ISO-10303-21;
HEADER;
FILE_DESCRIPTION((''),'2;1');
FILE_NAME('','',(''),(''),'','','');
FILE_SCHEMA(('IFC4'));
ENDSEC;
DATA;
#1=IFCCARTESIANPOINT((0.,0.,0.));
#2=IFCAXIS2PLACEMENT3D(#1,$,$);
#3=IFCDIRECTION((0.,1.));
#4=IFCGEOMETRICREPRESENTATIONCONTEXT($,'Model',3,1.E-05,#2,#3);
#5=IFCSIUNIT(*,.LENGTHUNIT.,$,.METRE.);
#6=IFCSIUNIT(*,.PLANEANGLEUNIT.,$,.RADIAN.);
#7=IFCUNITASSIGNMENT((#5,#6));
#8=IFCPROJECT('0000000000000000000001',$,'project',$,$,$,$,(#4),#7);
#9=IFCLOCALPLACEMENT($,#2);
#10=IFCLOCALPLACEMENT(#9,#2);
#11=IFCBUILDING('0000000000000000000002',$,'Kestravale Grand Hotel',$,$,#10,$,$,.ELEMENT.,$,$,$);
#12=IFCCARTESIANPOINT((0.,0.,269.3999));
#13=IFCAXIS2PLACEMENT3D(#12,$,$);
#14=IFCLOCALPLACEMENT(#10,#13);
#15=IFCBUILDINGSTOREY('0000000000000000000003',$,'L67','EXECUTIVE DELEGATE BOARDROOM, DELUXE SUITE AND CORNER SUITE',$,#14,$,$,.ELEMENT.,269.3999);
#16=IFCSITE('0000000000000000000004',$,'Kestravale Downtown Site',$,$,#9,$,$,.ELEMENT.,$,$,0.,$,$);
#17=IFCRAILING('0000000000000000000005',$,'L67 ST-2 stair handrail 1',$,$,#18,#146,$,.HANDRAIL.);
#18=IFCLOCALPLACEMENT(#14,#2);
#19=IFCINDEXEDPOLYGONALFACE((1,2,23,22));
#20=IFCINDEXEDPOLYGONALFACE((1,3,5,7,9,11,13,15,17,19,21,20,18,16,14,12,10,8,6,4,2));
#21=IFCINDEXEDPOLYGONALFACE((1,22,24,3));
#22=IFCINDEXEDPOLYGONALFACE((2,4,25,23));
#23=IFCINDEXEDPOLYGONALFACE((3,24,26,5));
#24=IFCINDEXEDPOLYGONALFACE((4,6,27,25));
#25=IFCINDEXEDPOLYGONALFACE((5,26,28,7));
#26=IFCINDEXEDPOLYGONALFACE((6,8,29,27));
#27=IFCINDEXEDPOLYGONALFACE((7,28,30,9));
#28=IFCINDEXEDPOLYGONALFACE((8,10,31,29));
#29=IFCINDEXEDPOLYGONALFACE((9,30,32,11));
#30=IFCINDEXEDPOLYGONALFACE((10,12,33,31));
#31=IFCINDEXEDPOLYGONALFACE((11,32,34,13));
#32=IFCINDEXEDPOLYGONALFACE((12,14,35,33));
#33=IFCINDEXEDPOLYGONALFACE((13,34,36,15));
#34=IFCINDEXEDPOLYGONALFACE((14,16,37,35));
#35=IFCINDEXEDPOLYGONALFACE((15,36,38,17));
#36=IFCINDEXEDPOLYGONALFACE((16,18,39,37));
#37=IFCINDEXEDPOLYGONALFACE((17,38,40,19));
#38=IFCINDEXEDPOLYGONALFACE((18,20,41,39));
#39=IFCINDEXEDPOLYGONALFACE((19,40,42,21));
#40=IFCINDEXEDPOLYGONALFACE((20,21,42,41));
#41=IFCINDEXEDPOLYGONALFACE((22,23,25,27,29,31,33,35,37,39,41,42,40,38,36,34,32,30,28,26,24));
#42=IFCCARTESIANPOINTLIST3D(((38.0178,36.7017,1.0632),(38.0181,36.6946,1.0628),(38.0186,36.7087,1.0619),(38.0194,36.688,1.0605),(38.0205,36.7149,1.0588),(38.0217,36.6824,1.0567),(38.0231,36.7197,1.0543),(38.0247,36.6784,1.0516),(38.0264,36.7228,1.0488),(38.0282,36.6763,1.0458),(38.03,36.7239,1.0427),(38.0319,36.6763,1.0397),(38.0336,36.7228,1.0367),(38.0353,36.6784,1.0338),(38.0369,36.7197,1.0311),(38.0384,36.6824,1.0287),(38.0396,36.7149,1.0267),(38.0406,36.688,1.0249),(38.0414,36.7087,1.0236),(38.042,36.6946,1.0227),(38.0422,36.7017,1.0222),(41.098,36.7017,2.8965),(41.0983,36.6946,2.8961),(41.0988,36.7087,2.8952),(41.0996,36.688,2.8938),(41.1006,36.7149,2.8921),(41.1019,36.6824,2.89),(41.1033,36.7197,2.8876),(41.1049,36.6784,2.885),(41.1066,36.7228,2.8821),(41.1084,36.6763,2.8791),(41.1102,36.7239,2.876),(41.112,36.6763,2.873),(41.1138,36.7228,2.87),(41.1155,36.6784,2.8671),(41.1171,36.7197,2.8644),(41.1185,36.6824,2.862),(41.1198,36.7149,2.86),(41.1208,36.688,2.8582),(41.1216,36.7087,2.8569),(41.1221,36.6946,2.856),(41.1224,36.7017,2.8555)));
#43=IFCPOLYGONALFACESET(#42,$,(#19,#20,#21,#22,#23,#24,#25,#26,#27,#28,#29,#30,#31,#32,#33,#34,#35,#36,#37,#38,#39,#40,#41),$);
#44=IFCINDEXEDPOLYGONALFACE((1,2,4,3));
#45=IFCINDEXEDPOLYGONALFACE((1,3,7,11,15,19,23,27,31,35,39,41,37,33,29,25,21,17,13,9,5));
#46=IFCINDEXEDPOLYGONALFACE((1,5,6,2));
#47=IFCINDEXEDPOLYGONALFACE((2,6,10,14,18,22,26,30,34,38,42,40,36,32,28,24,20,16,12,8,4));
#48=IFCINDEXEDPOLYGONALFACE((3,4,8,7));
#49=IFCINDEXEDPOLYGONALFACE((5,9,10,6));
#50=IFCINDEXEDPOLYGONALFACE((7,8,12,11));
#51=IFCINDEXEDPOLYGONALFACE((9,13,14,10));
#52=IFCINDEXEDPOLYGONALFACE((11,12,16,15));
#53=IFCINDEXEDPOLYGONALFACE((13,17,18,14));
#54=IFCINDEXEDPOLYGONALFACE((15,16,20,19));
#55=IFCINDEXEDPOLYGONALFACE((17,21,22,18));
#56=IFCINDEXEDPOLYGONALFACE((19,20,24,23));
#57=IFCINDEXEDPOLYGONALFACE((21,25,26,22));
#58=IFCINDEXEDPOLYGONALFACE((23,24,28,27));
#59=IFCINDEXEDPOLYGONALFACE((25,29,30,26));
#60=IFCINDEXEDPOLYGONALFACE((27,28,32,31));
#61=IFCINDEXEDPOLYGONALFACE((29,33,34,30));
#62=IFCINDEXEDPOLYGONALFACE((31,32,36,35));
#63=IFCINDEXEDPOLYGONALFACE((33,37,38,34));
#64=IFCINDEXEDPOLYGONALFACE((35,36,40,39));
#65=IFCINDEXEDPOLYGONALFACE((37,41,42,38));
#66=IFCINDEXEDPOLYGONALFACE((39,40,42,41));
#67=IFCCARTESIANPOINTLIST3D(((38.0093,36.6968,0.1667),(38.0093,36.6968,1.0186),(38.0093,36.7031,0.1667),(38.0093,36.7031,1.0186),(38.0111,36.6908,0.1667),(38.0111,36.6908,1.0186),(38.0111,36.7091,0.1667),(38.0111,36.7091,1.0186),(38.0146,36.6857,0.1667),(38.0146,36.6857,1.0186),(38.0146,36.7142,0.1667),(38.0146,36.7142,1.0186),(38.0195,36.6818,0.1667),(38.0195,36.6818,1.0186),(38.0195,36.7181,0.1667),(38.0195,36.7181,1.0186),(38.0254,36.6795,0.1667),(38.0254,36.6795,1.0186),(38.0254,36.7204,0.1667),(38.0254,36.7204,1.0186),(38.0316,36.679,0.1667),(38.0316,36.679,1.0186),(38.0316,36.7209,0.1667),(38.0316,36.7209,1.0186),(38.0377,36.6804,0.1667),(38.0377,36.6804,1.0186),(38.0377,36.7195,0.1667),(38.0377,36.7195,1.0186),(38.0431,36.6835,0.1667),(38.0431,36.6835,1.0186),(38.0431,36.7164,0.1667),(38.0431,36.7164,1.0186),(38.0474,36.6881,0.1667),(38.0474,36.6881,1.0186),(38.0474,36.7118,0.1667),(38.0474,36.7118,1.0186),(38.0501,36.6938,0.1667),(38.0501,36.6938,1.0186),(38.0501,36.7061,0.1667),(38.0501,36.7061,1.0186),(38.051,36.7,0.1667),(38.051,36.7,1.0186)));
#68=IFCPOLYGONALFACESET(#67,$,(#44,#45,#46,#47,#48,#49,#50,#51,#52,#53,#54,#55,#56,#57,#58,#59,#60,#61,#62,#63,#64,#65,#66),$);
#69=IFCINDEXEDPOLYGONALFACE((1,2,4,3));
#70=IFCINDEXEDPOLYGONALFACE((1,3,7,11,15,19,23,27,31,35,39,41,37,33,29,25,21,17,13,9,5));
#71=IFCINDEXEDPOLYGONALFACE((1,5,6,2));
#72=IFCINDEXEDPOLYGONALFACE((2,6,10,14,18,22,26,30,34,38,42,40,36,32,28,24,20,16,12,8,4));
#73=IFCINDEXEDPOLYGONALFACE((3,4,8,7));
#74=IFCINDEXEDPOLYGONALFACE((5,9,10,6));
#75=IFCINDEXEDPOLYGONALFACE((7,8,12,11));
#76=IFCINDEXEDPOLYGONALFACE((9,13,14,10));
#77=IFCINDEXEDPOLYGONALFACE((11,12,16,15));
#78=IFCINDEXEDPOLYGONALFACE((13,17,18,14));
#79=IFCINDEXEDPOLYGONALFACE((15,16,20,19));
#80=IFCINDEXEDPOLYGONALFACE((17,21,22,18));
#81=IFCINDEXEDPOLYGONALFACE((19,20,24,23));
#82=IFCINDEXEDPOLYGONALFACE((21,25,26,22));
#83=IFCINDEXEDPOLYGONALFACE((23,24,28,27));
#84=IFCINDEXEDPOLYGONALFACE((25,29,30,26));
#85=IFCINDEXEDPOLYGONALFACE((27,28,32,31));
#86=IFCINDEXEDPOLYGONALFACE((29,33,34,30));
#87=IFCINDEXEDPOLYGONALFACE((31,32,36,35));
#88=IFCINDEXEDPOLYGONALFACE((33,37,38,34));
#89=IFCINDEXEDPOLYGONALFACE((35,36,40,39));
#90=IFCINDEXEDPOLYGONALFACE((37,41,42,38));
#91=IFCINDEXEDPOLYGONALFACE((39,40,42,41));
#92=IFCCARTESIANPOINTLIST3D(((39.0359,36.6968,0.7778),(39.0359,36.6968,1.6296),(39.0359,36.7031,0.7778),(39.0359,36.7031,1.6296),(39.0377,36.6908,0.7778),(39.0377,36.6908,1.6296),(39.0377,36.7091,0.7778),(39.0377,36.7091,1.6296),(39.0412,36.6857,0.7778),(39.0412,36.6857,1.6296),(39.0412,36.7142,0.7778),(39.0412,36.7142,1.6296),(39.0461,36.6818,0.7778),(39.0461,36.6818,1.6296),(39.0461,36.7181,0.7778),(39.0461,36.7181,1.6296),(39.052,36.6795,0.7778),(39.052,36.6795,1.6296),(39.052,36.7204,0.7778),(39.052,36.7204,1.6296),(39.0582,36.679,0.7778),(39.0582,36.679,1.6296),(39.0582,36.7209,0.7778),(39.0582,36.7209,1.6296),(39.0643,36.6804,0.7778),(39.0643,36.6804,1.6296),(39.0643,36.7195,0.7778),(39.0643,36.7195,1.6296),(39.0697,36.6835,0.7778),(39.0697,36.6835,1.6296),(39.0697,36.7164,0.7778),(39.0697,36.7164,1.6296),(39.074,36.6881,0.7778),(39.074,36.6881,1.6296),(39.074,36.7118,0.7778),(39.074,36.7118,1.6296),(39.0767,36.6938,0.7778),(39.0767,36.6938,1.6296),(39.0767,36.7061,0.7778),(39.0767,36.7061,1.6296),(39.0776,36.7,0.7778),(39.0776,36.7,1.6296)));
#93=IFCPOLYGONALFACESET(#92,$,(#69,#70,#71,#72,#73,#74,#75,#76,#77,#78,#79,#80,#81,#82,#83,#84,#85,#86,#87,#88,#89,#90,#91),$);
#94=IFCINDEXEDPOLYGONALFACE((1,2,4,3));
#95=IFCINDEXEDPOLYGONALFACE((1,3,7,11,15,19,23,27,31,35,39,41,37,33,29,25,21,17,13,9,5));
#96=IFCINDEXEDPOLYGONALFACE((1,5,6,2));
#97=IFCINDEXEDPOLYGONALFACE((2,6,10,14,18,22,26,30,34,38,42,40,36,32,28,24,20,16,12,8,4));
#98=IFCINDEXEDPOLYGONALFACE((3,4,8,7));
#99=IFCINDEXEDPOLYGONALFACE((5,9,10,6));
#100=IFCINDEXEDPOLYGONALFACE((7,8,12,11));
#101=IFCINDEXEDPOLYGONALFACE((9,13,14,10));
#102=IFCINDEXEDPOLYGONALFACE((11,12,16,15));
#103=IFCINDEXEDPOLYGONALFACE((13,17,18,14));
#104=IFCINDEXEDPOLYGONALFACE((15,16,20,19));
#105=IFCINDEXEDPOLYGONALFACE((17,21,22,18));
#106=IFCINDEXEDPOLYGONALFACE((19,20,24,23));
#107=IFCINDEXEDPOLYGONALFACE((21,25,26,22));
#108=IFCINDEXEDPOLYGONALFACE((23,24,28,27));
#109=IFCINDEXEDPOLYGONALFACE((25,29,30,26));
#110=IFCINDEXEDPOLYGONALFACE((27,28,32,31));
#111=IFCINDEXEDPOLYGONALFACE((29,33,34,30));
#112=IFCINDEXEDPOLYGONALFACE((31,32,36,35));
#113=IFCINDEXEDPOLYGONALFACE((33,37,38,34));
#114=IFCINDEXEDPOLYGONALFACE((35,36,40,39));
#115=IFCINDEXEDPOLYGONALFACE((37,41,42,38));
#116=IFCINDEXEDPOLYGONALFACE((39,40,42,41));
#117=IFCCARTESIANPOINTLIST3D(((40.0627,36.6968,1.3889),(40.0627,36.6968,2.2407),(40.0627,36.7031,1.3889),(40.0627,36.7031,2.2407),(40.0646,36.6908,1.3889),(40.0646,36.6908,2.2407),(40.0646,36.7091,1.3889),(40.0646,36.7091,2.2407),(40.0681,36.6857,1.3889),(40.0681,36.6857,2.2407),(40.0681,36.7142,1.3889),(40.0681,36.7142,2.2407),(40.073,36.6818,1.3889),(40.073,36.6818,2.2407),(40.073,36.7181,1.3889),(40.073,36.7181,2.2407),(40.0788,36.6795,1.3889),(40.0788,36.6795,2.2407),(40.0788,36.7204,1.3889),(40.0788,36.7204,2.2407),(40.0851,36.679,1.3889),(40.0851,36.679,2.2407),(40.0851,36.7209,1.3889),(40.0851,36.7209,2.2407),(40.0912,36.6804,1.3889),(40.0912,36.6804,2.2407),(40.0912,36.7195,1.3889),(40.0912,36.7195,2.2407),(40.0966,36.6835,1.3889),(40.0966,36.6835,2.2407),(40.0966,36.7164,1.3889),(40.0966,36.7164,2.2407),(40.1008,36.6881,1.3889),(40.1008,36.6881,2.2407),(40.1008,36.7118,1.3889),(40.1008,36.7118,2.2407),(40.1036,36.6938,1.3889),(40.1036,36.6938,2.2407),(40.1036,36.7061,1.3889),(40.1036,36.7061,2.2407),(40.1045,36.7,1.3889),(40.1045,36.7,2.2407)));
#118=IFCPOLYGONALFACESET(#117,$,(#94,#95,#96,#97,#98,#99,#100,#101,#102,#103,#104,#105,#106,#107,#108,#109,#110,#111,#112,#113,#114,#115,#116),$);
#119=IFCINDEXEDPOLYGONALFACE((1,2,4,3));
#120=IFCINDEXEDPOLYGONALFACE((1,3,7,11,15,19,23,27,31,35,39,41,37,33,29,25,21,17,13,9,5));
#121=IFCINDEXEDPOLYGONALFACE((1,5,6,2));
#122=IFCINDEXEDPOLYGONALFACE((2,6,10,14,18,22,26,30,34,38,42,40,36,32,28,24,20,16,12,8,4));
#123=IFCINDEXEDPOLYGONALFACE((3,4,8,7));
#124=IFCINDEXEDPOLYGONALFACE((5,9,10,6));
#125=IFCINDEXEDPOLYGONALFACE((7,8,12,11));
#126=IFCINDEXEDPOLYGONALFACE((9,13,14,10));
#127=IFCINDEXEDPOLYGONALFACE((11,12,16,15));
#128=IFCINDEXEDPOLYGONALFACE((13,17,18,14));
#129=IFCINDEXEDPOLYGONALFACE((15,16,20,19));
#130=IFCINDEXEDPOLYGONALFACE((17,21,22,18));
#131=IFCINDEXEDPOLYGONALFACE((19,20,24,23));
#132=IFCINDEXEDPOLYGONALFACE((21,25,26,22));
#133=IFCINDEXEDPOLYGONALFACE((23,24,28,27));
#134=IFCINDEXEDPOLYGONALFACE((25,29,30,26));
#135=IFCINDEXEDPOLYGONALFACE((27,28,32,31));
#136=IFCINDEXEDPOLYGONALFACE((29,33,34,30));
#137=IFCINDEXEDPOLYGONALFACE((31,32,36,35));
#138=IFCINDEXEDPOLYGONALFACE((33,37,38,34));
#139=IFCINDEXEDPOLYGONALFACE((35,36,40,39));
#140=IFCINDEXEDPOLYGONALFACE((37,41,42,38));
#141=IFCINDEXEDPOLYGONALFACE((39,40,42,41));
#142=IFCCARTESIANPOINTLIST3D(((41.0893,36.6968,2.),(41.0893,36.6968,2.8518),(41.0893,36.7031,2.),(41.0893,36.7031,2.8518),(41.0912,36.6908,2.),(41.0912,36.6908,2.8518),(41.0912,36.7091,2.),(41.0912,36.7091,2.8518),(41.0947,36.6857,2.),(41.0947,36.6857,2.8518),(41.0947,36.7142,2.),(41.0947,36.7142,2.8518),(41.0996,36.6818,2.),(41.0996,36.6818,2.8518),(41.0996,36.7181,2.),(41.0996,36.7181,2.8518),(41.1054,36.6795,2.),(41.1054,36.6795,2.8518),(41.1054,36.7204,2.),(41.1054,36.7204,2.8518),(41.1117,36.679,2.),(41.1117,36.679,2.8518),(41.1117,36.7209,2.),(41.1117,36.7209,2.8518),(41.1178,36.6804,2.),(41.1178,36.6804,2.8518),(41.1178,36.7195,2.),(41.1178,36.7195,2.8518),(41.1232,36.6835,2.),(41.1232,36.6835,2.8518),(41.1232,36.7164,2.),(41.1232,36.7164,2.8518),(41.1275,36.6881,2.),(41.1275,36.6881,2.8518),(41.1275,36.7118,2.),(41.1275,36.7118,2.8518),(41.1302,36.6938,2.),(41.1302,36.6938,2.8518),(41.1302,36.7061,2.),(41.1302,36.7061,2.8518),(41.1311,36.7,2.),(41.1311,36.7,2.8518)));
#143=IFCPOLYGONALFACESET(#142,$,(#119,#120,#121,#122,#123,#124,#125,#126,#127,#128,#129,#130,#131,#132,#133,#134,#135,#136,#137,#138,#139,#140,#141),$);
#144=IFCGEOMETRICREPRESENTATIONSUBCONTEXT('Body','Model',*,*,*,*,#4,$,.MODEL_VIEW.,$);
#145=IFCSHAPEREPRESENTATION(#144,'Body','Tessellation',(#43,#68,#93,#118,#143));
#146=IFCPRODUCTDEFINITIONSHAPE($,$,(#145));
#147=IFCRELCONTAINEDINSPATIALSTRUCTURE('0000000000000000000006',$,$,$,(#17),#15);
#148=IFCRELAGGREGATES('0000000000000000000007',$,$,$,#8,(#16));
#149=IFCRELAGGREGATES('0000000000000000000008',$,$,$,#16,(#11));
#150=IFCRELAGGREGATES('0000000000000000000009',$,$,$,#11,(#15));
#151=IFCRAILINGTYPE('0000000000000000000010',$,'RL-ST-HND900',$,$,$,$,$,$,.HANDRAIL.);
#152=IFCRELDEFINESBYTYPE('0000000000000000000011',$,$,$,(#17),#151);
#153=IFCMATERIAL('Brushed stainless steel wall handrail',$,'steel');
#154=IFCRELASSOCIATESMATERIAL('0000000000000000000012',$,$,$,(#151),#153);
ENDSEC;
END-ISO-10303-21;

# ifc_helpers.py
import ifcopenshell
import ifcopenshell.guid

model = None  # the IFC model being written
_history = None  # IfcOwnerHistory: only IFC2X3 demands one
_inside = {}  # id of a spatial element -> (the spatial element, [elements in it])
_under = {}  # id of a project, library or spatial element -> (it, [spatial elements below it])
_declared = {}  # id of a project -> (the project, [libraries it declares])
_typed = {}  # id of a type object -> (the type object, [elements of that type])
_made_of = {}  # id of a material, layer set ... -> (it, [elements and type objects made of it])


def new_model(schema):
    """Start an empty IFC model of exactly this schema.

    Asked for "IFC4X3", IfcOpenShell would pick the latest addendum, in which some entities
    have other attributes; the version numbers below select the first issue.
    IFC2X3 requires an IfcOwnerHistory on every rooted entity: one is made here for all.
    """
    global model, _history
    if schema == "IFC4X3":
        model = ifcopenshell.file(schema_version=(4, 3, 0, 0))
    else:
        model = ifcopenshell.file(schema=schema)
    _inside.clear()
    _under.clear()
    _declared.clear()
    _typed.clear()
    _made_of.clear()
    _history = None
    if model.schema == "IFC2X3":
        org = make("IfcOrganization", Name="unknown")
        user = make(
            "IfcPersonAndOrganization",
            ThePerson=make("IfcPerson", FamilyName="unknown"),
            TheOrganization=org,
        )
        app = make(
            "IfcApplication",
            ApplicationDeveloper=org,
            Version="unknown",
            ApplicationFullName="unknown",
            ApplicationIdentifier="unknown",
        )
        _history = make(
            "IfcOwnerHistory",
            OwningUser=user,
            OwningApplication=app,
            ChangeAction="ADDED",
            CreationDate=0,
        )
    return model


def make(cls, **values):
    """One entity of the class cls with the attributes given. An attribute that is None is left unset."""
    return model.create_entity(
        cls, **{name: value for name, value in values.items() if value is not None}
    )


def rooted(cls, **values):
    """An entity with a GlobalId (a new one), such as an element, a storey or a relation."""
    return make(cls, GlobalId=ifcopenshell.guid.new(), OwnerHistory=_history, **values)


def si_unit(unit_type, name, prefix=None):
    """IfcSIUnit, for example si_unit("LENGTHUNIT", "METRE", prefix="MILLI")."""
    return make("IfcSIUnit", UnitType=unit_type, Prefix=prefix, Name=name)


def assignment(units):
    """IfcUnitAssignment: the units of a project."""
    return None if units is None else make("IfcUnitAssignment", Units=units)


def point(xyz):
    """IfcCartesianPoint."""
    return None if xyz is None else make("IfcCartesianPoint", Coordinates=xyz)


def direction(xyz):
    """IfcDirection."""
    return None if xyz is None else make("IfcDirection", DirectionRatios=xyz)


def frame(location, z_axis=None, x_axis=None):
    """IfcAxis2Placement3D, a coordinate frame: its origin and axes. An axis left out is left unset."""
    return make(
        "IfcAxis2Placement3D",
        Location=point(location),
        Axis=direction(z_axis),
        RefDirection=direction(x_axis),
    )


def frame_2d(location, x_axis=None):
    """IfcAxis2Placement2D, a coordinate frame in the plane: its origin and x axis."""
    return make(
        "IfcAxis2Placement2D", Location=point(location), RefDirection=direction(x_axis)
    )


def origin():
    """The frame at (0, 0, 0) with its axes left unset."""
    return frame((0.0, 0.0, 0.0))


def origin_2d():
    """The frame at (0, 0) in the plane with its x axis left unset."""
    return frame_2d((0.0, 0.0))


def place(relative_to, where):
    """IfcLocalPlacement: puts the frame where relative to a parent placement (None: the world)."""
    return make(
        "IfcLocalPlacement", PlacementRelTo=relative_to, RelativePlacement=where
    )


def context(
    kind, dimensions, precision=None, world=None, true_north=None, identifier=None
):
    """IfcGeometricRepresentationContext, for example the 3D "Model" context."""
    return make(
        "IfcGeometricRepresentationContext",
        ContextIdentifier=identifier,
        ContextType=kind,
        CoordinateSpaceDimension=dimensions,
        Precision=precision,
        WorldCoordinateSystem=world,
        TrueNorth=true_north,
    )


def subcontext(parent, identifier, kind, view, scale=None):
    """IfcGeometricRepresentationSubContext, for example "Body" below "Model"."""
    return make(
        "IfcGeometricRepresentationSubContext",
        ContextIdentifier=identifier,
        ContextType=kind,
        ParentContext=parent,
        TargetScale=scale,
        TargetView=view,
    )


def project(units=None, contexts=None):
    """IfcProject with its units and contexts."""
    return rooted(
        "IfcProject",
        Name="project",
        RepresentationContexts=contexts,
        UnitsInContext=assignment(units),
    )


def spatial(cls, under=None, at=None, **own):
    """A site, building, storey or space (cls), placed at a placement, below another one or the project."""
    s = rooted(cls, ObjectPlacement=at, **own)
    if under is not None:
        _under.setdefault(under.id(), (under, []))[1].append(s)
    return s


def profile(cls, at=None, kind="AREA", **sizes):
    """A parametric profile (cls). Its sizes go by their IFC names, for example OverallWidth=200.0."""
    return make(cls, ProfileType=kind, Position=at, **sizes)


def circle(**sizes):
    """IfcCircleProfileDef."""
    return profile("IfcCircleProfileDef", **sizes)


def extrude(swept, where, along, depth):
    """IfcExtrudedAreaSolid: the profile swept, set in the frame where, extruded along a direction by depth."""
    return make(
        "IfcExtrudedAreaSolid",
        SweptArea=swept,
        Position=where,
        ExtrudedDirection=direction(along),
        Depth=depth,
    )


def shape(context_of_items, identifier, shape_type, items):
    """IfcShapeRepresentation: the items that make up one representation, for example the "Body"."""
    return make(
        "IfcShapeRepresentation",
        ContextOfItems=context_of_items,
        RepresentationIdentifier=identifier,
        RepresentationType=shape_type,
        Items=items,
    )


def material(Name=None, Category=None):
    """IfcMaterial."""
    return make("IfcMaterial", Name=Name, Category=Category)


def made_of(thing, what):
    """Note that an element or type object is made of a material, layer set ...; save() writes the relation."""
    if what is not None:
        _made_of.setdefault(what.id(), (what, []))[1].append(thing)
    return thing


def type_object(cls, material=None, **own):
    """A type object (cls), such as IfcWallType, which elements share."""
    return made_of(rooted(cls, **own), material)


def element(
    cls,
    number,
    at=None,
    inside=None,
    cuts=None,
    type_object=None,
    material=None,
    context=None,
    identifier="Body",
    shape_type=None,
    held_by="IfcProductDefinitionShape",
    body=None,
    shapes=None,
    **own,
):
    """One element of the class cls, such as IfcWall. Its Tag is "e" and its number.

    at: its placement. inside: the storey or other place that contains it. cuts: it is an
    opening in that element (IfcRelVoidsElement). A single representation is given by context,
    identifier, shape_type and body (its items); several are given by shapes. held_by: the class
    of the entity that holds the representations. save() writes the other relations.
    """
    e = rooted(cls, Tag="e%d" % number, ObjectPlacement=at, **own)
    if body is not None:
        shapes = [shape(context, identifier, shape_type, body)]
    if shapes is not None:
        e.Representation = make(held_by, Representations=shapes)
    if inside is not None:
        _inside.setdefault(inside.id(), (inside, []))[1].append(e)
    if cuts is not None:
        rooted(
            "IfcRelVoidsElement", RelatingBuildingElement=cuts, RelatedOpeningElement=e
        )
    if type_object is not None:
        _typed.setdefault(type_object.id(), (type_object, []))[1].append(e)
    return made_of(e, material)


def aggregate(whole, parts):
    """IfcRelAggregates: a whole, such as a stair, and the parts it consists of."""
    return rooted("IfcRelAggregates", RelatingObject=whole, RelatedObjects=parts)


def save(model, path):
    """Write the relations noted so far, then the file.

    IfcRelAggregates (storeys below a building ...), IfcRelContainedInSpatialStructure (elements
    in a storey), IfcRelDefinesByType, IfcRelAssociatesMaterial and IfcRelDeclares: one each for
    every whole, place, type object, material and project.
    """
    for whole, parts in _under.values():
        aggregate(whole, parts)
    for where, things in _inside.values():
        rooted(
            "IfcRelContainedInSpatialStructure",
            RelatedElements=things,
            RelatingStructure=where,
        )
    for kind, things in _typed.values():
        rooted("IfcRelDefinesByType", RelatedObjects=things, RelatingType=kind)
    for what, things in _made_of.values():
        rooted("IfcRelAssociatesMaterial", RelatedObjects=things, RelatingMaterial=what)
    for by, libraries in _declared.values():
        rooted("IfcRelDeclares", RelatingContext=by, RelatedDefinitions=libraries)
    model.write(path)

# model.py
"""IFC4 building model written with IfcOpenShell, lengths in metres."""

from ifc_helpers import new_model, si_unit, direction, frame, origin, origin_2d, place, context, subcontext, project, spatial, circle, extrude, material, type_object, element, save


model = new_model("IFC4")

# Units and contexts
model_context = context("Model", 3, precision=1e-05, world=origin(), true_north=direction((0.0, 1.0)))
body_context = subcontext(model_context, "Body", "Model", "MODEL_VIEW")
ifc_project = project(units=[si_unit("LENGTHUNIT", "METRE"), si_unit("PLANEANGLEUNIT", "RADIAN")], contexts=[model_context])

# Site, building, storey
site_placement = place(None, origin())
site = spatial("IfcSite", under=ifc_project, at=site_placement, Name="Kestravale Downtown Site", CompositionType="ELEMENT", RefElevation=0.0)
building_placement = place(site_placement, origin())
building = spatial("IfcBuilding", under=site, at=building_placement, Name="Kestravale Grand Hotel", CompositionType="ELEMENT")
storey_placement = place(building_placement, frame((0.0, 0.0, 269.3999)))
storey = spatial("IfcBuildingStorey", under=building, at=storey_placement, Name="L67", Description="EXECUTIVE DELEGATE BOARDROOM, DELUXE SUITE AND CORNER SUITE", CompositionType="ELEMENT", Elevation=269.3999)

# Railing
ifc_material_1 = material(Name="Brushed stainless steel wall handrail", Category="steel")
railing_type_1 = type_object("IfcRailingType", Name="RL-ST-HND900", PredefinedType="HANDRAIL", material=ifc_material_1)
railing_1_placement = place(storey_placement, frame((38.03, 36.7, 0.1667)))
element("IfcRailing", 1, at=railing_1_placement, inside=storey, type_object=railing_type_1, Name="L67 ST-2 stair handrail 1", PredefinedType="HANDRAIL", context=body_context, shape_type="SweptSolid", body=[
    extrude(circle(Radius=0.0239, at=origin_2d()), frame((0.0, 0.0, 0.876), z_axis=(0.859309, 0.0, 0.511458), x_axis=(0.0, 1.0, 0.0)), (0.0, 0.0, 1.0), 3.5845),
    extrude(circle(Radius=0.021, at=origin_2d()), origin(), (0.0, 0.0, 1.0), 0.8518),
    extrude(circle(Radius=0.021, at=origin_2d()), frame((1.0266, 0.0, 0.6111)), (0.0, 0.0, 1.0), 0.8518),
    extrude(circle(Radius=0.021, at=origin_2d()), frame((2.0535, 0.0, 1.2222)), (0.0, 0.0, 1.0), 0.8518),
    extrude(circle(Radius=0.021, at=origin_2d()), frame((3.0801, 0.0, 1.8333)), (0.0, 0.0, 1.0), 0.8518),
])

save(model, "model.ifc")
